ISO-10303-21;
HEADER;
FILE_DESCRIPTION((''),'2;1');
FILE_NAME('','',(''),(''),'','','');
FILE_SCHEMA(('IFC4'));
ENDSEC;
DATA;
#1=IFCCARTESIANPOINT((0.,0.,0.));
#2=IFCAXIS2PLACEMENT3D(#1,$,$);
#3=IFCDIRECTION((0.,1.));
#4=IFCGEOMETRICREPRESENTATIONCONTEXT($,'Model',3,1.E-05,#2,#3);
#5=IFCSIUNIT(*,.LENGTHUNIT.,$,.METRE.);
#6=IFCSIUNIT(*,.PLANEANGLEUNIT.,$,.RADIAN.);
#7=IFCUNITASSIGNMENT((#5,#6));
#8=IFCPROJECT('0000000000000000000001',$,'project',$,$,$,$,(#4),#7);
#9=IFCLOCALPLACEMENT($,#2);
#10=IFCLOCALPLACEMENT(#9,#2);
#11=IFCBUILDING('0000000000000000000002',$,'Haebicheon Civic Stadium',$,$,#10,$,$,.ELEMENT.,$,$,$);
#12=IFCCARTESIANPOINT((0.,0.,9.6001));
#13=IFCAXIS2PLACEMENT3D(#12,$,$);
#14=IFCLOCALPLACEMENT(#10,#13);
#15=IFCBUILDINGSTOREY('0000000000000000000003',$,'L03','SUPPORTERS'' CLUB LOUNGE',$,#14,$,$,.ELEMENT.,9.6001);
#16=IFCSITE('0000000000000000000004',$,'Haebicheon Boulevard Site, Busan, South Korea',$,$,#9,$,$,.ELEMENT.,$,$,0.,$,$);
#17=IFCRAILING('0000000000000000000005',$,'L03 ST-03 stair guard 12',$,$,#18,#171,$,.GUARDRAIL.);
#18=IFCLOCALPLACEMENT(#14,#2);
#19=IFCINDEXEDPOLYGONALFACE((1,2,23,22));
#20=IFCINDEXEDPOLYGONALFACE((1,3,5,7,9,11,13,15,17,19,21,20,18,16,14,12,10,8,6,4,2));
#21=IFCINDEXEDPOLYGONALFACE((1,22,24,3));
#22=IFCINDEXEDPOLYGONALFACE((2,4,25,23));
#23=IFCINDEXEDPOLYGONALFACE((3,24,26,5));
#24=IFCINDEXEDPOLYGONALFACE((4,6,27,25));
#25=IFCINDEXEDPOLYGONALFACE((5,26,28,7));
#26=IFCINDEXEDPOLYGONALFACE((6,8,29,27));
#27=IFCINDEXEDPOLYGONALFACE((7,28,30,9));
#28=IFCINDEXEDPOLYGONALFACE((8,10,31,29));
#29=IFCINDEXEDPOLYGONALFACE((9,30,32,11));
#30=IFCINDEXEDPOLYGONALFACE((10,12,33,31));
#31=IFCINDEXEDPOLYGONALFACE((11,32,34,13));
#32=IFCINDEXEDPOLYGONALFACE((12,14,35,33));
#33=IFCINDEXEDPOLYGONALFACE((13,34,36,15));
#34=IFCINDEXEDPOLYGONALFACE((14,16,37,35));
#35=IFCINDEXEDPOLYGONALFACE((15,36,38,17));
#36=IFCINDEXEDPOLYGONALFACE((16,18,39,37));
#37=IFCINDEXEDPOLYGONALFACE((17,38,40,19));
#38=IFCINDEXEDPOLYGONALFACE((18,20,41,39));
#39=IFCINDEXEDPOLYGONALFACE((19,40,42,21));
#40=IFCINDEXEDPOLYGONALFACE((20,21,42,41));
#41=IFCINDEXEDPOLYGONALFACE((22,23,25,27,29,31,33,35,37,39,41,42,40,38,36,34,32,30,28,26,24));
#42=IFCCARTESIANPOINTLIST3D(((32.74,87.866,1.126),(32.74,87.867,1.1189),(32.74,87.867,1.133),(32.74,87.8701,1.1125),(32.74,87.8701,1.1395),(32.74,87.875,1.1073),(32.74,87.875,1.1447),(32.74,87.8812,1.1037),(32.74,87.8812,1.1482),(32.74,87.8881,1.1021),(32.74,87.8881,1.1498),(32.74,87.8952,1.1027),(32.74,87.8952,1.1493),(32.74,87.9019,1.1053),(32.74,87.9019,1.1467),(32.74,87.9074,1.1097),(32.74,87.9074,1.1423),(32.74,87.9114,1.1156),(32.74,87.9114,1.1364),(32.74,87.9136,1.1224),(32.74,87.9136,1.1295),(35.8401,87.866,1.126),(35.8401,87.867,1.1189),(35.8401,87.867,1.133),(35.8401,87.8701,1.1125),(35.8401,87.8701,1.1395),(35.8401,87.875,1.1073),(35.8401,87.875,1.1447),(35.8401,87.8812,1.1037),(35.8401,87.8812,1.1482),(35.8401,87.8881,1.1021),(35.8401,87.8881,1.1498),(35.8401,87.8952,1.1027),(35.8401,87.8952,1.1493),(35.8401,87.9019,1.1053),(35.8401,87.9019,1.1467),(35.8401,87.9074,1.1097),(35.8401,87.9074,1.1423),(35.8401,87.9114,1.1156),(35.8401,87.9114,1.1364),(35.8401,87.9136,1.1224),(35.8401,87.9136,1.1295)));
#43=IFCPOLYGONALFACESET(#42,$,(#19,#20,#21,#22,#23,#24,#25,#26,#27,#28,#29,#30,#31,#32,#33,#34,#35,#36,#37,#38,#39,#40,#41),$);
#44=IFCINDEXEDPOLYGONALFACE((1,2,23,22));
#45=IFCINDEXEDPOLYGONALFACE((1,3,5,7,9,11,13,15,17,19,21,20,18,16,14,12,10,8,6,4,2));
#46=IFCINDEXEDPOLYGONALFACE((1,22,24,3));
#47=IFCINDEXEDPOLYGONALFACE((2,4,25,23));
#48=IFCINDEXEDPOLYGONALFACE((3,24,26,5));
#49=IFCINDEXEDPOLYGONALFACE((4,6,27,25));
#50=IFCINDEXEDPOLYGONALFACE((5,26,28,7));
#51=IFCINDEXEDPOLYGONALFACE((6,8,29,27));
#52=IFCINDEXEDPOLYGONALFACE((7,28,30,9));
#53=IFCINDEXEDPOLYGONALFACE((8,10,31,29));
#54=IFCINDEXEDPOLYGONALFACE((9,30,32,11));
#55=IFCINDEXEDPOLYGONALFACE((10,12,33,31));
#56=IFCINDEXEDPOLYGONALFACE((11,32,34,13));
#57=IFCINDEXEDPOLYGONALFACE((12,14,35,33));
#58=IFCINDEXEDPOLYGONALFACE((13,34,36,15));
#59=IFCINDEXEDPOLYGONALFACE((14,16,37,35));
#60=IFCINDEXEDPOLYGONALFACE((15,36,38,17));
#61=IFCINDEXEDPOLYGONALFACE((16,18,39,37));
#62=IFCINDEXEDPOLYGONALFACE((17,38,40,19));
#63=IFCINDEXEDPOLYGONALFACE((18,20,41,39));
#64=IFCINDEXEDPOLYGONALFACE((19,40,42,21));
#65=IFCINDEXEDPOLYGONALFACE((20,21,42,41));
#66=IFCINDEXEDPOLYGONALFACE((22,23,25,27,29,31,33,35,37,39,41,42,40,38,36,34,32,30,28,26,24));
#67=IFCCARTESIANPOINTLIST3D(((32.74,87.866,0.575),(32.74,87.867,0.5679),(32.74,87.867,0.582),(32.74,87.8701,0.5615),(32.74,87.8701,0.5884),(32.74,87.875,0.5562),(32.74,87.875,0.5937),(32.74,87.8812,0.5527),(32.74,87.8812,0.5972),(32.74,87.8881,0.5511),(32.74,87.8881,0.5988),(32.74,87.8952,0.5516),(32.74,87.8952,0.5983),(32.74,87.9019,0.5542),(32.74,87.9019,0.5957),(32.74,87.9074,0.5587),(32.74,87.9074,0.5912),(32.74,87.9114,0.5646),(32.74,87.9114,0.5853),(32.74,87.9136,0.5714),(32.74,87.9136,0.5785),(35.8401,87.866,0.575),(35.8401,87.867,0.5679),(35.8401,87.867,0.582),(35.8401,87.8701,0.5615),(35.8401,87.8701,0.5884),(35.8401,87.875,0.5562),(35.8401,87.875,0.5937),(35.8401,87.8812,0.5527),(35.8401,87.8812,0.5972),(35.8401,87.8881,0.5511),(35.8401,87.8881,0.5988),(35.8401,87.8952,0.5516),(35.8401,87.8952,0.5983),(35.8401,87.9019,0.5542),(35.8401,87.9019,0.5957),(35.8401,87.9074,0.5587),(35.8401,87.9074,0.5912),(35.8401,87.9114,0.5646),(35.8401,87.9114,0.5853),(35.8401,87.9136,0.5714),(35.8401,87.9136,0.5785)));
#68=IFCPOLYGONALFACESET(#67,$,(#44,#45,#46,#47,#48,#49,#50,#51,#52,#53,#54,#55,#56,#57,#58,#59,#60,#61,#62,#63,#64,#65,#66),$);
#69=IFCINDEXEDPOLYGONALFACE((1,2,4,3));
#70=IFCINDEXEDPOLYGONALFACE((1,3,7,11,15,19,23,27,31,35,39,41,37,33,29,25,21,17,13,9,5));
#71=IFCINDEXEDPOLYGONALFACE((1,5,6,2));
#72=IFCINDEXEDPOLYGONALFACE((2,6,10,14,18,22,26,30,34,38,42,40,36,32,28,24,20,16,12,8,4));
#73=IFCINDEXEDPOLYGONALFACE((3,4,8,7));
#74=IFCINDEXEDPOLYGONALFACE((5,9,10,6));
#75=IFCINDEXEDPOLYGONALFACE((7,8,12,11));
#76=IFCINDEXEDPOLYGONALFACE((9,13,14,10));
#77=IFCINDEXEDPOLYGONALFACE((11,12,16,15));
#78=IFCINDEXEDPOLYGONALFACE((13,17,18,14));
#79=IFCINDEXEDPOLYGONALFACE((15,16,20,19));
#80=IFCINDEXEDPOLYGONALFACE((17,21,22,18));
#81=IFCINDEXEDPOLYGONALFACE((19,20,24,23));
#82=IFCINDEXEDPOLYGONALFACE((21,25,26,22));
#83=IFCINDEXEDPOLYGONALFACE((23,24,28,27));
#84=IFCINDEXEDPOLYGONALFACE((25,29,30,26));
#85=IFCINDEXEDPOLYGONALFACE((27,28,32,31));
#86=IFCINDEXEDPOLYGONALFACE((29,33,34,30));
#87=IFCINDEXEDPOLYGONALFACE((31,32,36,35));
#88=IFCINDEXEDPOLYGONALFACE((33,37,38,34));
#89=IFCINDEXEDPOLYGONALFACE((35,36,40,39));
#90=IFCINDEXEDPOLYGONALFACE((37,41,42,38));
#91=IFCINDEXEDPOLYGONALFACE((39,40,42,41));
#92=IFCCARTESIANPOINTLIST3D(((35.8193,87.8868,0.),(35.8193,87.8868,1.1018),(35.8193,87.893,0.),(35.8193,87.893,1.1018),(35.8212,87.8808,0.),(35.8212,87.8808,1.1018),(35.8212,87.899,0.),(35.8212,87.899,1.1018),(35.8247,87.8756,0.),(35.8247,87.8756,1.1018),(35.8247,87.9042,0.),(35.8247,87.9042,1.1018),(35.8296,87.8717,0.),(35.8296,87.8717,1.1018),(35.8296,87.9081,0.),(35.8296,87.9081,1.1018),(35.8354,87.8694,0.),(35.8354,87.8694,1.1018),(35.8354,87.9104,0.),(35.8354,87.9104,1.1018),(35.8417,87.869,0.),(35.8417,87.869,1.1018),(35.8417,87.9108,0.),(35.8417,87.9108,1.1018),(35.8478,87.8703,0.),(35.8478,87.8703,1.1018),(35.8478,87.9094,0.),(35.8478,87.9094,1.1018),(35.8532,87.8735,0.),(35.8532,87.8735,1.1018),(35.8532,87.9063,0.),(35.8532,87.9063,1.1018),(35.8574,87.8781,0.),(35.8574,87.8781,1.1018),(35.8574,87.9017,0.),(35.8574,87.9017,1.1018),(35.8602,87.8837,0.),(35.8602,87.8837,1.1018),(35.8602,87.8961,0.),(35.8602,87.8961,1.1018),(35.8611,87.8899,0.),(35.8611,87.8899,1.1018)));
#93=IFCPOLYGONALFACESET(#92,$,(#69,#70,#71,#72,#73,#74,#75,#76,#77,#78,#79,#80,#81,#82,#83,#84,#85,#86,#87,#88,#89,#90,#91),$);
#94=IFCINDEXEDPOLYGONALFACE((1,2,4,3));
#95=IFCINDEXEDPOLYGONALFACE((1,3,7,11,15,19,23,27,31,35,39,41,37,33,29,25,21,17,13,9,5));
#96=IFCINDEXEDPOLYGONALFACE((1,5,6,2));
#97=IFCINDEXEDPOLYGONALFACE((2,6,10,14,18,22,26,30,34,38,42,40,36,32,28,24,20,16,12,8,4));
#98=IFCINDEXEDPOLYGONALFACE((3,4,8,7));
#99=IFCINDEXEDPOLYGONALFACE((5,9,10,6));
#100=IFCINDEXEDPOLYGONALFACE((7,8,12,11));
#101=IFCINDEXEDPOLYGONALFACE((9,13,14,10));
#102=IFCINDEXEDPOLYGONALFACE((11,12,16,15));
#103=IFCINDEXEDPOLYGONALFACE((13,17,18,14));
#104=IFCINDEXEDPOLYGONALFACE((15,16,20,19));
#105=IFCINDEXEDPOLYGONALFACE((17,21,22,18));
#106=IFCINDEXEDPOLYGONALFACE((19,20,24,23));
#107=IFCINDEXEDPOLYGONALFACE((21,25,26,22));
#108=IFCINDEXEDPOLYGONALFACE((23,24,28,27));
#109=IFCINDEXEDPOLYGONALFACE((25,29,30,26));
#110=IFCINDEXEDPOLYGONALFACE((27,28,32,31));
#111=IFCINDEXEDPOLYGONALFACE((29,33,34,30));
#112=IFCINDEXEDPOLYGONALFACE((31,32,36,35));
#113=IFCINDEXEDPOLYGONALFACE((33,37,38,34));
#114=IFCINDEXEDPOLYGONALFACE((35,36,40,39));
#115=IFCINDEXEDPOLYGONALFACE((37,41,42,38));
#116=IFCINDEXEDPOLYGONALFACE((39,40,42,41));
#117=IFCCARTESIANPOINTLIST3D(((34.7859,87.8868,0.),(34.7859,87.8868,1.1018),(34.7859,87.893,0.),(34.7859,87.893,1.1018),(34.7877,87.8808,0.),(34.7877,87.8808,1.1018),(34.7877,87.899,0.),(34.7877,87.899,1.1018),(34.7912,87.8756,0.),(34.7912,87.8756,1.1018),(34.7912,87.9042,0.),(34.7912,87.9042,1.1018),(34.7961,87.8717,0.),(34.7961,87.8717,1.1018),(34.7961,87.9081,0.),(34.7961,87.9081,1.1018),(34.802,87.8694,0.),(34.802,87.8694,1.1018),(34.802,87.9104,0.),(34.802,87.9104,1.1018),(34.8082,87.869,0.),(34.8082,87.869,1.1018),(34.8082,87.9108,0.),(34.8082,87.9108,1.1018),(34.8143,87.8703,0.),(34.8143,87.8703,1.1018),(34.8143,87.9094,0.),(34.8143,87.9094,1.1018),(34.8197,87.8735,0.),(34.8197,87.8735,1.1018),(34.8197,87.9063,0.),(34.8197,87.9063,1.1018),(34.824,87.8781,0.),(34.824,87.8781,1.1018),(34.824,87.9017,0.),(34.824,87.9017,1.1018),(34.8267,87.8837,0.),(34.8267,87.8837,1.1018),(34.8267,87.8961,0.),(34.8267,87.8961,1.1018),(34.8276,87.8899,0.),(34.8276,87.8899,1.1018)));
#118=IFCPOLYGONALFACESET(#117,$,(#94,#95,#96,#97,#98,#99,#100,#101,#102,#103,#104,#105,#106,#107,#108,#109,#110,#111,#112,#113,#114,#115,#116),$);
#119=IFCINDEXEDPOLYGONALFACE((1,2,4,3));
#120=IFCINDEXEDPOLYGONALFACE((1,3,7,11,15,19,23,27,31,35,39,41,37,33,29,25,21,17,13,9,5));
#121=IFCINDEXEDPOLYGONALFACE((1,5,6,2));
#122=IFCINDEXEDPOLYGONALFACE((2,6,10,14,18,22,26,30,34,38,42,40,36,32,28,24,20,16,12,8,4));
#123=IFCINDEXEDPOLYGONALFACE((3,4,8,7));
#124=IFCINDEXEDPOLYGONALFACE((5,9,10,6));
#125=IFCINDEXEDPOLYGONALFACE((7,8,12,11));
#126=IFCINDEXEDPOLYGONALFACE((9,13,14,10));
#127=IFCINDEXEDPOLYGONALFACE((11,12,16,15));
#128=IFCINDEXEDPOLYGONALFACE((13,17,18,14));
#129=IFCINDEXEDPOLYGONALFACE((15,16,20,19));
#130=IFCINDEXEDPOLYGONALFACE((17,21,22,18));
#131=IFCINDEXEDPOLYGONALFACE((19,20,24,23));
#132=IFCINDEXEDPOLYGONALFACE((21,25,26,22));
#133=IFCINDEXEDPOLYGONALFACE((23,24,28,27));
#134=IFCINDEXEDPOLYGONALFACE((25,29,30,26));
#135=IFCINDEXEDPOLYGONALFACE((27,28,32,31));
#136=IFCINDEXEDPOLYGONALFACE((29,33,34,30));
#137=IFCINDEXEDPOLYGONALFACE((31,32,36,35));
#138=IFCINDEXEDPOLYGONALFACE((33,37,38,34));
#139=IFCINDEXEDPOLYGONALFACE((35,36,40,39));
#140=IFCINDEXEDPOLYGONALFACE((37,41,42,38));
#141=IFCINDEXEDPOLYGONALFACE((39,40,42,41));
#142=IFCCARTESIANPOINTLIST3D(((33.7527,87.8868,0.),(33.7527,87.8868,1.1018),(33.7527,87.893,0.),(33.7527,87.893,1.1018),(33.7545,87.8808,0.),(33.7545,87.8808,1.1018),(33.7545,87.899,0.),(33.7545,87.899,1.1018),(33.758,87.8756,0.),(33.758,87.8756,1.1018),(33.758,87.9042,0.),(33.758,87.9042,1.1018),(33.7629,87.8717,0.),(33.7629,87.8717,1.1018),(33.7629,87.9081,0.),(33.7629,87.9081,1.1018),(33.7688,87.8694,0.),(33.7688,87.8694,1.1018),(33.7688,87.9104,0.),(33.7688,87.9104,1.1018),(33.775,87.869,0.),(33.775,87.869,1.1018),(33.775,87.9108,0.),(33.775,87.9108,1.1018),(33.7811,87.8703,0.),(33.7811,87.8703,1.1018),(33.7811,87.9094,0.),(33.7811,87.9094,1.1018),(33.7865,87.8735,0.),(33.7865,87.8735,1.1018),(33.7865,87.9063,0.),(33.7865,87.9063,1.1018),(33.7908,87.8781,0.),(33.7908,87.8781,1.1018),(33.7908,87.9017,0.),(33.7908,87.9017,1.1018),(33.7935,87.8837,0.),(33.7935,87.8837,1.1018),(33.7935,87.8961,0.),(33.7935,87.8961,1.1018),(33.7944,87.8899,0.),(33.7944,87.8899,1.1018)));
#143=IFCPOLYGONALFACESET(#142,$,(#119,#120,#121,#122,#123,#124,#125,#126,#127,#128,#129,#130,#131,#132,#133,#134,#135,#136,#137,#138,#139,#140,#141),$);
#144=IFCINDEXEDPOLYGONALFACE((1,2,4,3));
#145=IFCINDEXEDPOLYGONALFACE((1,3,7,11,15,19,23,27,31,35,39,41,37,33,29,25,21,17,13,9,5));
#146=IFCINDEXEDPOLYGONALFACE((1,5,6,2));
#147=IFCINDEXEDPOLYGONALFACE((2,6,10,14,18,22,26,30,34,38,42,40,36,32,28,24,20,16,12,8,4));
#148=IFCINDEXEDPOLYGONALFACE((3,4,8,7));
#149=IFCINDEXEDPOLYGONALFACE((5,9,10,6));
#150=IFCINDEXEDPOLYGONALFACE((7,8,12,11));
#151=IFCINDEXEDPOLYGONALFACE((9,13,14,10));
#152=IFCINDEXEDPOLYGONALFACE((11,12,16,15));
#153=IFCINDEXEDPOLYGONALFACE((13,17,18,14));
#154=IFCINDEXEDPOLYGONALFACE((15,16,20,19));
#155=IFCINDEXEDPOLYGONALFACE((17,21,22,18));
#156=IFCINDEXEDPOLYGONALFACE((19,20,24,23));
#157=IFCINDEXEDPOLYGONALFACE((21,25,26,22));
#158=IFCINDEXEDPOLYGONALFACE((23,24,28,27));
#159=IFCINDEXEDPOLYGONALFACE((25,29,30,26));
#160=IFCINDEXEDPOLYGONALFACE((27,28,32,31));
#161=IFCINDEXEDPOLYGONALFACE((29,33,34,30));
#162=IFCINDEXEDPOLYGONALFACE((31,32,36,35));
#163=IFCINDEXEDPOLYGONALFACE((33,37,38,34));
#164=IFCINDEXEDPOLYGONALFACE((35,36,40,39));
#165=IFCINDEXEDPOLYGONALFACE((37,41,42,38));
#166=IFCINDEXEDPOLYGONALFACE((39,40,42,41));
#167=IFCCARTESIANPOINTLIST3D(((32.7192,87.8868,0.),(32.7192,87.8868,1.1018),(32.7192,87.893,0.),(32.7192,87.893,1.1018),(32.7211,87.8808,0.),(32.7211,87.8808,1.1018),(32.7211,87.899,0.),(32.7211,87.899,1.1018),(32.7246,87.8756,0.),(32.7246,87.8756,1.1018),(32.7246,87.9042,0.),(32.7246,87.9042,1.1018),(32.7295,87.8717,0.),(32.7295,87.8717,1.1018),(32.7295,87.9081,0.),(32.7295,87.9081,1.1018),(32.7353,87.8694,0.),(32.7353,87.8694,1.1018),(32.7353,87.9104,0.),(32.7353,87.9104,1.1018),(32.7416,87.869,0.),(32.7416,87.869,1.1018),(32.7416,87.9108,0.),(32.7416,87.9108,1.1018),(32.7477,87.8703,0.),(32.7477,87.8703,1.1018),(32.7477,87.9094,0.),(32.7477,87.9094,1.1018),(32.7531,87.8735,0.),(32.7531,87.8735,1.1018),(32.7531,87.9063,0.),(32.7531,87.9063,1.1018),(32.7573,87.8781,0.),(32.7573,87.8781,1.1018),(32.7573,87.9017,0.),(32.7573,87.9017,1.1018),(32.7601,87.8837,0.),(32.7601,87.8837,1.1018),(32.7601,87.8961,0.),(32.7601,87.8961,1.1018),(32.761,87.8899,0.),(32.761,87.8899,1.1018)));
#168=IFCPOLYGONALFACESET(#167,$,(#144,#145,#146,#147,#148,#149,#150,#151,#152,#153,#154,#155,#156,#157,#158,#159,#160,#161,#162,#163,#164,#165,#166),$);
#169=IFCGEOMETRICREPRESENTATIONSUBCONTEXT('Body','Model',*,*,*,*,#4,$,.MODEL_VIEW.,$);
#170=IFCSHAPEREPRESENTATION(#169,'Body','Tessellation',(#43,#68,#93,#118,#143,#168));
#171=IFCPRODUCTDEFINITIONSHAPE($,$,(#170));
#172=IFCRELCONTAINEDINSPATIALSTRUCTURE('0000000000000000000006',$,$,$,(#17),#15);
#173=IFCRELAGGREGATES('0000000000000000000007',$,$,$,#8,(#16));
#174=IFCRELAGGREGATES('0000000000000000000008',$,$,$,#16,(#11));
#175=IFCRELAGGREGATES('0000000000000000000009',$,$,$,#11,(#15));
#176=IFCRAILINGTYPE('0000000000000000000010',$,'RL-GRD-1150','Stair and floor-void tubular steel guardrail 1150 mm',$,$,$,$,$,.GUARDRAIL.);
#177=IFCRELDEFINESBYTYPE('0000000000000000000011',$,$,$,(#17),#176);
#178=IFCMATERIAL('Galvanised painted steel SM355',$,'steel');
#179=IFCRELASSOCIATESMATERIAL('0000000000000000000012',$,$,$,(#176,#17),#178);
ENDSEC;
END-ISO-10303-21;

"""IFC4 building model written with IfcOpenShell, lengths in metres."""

from ifc_helpers import new_model, si_unit, direction, frame, origin, origin_2d, place, context, subcontext, project, spatial, circle, extrude, material, type_object, element, save


model = new_model("IFC4")

# Units and contexts
model_context = context("Model", 3, precision=1e-05, world=origin(), true_north=direction((0.0, 1.0)))
body_context = subcontext(model_context, "Body", "Model", "MODEL_VIEW")
ifc_project = project(units=[si_unit("LENGTHUNIT", "METRE"), si_unit("PLANEANGLEUNIT", "RADIAN")], contexts=[model_context])

# Site, building, storey
site_placement = place(None, origin())
site = spatial("IfcSite", under=ifc_project, at=site_placement, Name="Haebicheon Boulevard Site, Busan, South Korea", CompositionType="ELEMENT", RefElevation=0.0)
building_placement = place(site_placement, origin())
building = spatial("IfcBuilding", under=site, at=building_placement, Name="Haebicheon Civic Stadium", CompositionType="ELEMENT")
storey_placement = place(building_placement, frame((0.0, 0.0, 9.6001)))
storey = spatial("IfcBuildingStorey", under=building, at=storey_placement, Name="L03", Description="SUPPORTERS' CLUB LOUNGE", CompositionType="ELEMENT", Elevation=9.6001)

# Railing
ifc_material_1 = material(Name="Galvanised painted steel SM355", Category="steel")
railing_type_1 = type_object("IfcRailingType", Name="RL-GRD-1150", Description="Stair and floor-void tubular steel guardrail 1150 mm", PredefinedType="GUARDRAIL", material=ifc_material_1)
railing_1_placement = place(storey_placement, frame((35.8401, 87.8899, 0.0)))
element("IfcRailing", 1, at=railing_1_placement, inside=storey, type_object=railing_type_1, material=ifc_material_1, Name="L03 ST-03 stair guard 12", PredefinedType="GUARDRAIL", context=body_context, shape_type="SweptSolid", body=[
    extrude(circle(Radius=0.0239, at=origin_2d()), frame((0.0, 0.0, 1.126), z_axis=(-1.0, 0.0, 0.0), x_axis=(0.0, -1.0, 0.0)), (0.0, 0.0, 1.0), 3.1001),
    extrude(circle(Radius=0.0239, at=origin_2d()), frame((0.0, 0.0, 0.575), z_axis=(-1.0, 0.0, 0.0), x_axis=(0.0, -1.0, 0.0)), (0.0, 0.0, 1.0), 3.1001),
    extrude(circle(Radius=0.021, at=origin_2d()), origin(), (0.0, 0.0, 1.0), 1.1018),
    extrude(circle(Radius=0.021, at=origin_2d()), frame((-1.0334, 0.0, 0.0)), (0.0, 0.0, 1.0), 1.1018),
    extrude(circle(Radius=0.021, at=origin_2d()), frame((-2.0667, 0.0, 0.0)), (0.0, 0.0, 1.0), 1.1018),
    extrude(circle(Radius=0.021, at=origin_2d()), frame((-3.1001, 0.0, 0.0)), (0.0, 0.0, 1.0), 1.1018),
])

save(model, "model.ifc")
